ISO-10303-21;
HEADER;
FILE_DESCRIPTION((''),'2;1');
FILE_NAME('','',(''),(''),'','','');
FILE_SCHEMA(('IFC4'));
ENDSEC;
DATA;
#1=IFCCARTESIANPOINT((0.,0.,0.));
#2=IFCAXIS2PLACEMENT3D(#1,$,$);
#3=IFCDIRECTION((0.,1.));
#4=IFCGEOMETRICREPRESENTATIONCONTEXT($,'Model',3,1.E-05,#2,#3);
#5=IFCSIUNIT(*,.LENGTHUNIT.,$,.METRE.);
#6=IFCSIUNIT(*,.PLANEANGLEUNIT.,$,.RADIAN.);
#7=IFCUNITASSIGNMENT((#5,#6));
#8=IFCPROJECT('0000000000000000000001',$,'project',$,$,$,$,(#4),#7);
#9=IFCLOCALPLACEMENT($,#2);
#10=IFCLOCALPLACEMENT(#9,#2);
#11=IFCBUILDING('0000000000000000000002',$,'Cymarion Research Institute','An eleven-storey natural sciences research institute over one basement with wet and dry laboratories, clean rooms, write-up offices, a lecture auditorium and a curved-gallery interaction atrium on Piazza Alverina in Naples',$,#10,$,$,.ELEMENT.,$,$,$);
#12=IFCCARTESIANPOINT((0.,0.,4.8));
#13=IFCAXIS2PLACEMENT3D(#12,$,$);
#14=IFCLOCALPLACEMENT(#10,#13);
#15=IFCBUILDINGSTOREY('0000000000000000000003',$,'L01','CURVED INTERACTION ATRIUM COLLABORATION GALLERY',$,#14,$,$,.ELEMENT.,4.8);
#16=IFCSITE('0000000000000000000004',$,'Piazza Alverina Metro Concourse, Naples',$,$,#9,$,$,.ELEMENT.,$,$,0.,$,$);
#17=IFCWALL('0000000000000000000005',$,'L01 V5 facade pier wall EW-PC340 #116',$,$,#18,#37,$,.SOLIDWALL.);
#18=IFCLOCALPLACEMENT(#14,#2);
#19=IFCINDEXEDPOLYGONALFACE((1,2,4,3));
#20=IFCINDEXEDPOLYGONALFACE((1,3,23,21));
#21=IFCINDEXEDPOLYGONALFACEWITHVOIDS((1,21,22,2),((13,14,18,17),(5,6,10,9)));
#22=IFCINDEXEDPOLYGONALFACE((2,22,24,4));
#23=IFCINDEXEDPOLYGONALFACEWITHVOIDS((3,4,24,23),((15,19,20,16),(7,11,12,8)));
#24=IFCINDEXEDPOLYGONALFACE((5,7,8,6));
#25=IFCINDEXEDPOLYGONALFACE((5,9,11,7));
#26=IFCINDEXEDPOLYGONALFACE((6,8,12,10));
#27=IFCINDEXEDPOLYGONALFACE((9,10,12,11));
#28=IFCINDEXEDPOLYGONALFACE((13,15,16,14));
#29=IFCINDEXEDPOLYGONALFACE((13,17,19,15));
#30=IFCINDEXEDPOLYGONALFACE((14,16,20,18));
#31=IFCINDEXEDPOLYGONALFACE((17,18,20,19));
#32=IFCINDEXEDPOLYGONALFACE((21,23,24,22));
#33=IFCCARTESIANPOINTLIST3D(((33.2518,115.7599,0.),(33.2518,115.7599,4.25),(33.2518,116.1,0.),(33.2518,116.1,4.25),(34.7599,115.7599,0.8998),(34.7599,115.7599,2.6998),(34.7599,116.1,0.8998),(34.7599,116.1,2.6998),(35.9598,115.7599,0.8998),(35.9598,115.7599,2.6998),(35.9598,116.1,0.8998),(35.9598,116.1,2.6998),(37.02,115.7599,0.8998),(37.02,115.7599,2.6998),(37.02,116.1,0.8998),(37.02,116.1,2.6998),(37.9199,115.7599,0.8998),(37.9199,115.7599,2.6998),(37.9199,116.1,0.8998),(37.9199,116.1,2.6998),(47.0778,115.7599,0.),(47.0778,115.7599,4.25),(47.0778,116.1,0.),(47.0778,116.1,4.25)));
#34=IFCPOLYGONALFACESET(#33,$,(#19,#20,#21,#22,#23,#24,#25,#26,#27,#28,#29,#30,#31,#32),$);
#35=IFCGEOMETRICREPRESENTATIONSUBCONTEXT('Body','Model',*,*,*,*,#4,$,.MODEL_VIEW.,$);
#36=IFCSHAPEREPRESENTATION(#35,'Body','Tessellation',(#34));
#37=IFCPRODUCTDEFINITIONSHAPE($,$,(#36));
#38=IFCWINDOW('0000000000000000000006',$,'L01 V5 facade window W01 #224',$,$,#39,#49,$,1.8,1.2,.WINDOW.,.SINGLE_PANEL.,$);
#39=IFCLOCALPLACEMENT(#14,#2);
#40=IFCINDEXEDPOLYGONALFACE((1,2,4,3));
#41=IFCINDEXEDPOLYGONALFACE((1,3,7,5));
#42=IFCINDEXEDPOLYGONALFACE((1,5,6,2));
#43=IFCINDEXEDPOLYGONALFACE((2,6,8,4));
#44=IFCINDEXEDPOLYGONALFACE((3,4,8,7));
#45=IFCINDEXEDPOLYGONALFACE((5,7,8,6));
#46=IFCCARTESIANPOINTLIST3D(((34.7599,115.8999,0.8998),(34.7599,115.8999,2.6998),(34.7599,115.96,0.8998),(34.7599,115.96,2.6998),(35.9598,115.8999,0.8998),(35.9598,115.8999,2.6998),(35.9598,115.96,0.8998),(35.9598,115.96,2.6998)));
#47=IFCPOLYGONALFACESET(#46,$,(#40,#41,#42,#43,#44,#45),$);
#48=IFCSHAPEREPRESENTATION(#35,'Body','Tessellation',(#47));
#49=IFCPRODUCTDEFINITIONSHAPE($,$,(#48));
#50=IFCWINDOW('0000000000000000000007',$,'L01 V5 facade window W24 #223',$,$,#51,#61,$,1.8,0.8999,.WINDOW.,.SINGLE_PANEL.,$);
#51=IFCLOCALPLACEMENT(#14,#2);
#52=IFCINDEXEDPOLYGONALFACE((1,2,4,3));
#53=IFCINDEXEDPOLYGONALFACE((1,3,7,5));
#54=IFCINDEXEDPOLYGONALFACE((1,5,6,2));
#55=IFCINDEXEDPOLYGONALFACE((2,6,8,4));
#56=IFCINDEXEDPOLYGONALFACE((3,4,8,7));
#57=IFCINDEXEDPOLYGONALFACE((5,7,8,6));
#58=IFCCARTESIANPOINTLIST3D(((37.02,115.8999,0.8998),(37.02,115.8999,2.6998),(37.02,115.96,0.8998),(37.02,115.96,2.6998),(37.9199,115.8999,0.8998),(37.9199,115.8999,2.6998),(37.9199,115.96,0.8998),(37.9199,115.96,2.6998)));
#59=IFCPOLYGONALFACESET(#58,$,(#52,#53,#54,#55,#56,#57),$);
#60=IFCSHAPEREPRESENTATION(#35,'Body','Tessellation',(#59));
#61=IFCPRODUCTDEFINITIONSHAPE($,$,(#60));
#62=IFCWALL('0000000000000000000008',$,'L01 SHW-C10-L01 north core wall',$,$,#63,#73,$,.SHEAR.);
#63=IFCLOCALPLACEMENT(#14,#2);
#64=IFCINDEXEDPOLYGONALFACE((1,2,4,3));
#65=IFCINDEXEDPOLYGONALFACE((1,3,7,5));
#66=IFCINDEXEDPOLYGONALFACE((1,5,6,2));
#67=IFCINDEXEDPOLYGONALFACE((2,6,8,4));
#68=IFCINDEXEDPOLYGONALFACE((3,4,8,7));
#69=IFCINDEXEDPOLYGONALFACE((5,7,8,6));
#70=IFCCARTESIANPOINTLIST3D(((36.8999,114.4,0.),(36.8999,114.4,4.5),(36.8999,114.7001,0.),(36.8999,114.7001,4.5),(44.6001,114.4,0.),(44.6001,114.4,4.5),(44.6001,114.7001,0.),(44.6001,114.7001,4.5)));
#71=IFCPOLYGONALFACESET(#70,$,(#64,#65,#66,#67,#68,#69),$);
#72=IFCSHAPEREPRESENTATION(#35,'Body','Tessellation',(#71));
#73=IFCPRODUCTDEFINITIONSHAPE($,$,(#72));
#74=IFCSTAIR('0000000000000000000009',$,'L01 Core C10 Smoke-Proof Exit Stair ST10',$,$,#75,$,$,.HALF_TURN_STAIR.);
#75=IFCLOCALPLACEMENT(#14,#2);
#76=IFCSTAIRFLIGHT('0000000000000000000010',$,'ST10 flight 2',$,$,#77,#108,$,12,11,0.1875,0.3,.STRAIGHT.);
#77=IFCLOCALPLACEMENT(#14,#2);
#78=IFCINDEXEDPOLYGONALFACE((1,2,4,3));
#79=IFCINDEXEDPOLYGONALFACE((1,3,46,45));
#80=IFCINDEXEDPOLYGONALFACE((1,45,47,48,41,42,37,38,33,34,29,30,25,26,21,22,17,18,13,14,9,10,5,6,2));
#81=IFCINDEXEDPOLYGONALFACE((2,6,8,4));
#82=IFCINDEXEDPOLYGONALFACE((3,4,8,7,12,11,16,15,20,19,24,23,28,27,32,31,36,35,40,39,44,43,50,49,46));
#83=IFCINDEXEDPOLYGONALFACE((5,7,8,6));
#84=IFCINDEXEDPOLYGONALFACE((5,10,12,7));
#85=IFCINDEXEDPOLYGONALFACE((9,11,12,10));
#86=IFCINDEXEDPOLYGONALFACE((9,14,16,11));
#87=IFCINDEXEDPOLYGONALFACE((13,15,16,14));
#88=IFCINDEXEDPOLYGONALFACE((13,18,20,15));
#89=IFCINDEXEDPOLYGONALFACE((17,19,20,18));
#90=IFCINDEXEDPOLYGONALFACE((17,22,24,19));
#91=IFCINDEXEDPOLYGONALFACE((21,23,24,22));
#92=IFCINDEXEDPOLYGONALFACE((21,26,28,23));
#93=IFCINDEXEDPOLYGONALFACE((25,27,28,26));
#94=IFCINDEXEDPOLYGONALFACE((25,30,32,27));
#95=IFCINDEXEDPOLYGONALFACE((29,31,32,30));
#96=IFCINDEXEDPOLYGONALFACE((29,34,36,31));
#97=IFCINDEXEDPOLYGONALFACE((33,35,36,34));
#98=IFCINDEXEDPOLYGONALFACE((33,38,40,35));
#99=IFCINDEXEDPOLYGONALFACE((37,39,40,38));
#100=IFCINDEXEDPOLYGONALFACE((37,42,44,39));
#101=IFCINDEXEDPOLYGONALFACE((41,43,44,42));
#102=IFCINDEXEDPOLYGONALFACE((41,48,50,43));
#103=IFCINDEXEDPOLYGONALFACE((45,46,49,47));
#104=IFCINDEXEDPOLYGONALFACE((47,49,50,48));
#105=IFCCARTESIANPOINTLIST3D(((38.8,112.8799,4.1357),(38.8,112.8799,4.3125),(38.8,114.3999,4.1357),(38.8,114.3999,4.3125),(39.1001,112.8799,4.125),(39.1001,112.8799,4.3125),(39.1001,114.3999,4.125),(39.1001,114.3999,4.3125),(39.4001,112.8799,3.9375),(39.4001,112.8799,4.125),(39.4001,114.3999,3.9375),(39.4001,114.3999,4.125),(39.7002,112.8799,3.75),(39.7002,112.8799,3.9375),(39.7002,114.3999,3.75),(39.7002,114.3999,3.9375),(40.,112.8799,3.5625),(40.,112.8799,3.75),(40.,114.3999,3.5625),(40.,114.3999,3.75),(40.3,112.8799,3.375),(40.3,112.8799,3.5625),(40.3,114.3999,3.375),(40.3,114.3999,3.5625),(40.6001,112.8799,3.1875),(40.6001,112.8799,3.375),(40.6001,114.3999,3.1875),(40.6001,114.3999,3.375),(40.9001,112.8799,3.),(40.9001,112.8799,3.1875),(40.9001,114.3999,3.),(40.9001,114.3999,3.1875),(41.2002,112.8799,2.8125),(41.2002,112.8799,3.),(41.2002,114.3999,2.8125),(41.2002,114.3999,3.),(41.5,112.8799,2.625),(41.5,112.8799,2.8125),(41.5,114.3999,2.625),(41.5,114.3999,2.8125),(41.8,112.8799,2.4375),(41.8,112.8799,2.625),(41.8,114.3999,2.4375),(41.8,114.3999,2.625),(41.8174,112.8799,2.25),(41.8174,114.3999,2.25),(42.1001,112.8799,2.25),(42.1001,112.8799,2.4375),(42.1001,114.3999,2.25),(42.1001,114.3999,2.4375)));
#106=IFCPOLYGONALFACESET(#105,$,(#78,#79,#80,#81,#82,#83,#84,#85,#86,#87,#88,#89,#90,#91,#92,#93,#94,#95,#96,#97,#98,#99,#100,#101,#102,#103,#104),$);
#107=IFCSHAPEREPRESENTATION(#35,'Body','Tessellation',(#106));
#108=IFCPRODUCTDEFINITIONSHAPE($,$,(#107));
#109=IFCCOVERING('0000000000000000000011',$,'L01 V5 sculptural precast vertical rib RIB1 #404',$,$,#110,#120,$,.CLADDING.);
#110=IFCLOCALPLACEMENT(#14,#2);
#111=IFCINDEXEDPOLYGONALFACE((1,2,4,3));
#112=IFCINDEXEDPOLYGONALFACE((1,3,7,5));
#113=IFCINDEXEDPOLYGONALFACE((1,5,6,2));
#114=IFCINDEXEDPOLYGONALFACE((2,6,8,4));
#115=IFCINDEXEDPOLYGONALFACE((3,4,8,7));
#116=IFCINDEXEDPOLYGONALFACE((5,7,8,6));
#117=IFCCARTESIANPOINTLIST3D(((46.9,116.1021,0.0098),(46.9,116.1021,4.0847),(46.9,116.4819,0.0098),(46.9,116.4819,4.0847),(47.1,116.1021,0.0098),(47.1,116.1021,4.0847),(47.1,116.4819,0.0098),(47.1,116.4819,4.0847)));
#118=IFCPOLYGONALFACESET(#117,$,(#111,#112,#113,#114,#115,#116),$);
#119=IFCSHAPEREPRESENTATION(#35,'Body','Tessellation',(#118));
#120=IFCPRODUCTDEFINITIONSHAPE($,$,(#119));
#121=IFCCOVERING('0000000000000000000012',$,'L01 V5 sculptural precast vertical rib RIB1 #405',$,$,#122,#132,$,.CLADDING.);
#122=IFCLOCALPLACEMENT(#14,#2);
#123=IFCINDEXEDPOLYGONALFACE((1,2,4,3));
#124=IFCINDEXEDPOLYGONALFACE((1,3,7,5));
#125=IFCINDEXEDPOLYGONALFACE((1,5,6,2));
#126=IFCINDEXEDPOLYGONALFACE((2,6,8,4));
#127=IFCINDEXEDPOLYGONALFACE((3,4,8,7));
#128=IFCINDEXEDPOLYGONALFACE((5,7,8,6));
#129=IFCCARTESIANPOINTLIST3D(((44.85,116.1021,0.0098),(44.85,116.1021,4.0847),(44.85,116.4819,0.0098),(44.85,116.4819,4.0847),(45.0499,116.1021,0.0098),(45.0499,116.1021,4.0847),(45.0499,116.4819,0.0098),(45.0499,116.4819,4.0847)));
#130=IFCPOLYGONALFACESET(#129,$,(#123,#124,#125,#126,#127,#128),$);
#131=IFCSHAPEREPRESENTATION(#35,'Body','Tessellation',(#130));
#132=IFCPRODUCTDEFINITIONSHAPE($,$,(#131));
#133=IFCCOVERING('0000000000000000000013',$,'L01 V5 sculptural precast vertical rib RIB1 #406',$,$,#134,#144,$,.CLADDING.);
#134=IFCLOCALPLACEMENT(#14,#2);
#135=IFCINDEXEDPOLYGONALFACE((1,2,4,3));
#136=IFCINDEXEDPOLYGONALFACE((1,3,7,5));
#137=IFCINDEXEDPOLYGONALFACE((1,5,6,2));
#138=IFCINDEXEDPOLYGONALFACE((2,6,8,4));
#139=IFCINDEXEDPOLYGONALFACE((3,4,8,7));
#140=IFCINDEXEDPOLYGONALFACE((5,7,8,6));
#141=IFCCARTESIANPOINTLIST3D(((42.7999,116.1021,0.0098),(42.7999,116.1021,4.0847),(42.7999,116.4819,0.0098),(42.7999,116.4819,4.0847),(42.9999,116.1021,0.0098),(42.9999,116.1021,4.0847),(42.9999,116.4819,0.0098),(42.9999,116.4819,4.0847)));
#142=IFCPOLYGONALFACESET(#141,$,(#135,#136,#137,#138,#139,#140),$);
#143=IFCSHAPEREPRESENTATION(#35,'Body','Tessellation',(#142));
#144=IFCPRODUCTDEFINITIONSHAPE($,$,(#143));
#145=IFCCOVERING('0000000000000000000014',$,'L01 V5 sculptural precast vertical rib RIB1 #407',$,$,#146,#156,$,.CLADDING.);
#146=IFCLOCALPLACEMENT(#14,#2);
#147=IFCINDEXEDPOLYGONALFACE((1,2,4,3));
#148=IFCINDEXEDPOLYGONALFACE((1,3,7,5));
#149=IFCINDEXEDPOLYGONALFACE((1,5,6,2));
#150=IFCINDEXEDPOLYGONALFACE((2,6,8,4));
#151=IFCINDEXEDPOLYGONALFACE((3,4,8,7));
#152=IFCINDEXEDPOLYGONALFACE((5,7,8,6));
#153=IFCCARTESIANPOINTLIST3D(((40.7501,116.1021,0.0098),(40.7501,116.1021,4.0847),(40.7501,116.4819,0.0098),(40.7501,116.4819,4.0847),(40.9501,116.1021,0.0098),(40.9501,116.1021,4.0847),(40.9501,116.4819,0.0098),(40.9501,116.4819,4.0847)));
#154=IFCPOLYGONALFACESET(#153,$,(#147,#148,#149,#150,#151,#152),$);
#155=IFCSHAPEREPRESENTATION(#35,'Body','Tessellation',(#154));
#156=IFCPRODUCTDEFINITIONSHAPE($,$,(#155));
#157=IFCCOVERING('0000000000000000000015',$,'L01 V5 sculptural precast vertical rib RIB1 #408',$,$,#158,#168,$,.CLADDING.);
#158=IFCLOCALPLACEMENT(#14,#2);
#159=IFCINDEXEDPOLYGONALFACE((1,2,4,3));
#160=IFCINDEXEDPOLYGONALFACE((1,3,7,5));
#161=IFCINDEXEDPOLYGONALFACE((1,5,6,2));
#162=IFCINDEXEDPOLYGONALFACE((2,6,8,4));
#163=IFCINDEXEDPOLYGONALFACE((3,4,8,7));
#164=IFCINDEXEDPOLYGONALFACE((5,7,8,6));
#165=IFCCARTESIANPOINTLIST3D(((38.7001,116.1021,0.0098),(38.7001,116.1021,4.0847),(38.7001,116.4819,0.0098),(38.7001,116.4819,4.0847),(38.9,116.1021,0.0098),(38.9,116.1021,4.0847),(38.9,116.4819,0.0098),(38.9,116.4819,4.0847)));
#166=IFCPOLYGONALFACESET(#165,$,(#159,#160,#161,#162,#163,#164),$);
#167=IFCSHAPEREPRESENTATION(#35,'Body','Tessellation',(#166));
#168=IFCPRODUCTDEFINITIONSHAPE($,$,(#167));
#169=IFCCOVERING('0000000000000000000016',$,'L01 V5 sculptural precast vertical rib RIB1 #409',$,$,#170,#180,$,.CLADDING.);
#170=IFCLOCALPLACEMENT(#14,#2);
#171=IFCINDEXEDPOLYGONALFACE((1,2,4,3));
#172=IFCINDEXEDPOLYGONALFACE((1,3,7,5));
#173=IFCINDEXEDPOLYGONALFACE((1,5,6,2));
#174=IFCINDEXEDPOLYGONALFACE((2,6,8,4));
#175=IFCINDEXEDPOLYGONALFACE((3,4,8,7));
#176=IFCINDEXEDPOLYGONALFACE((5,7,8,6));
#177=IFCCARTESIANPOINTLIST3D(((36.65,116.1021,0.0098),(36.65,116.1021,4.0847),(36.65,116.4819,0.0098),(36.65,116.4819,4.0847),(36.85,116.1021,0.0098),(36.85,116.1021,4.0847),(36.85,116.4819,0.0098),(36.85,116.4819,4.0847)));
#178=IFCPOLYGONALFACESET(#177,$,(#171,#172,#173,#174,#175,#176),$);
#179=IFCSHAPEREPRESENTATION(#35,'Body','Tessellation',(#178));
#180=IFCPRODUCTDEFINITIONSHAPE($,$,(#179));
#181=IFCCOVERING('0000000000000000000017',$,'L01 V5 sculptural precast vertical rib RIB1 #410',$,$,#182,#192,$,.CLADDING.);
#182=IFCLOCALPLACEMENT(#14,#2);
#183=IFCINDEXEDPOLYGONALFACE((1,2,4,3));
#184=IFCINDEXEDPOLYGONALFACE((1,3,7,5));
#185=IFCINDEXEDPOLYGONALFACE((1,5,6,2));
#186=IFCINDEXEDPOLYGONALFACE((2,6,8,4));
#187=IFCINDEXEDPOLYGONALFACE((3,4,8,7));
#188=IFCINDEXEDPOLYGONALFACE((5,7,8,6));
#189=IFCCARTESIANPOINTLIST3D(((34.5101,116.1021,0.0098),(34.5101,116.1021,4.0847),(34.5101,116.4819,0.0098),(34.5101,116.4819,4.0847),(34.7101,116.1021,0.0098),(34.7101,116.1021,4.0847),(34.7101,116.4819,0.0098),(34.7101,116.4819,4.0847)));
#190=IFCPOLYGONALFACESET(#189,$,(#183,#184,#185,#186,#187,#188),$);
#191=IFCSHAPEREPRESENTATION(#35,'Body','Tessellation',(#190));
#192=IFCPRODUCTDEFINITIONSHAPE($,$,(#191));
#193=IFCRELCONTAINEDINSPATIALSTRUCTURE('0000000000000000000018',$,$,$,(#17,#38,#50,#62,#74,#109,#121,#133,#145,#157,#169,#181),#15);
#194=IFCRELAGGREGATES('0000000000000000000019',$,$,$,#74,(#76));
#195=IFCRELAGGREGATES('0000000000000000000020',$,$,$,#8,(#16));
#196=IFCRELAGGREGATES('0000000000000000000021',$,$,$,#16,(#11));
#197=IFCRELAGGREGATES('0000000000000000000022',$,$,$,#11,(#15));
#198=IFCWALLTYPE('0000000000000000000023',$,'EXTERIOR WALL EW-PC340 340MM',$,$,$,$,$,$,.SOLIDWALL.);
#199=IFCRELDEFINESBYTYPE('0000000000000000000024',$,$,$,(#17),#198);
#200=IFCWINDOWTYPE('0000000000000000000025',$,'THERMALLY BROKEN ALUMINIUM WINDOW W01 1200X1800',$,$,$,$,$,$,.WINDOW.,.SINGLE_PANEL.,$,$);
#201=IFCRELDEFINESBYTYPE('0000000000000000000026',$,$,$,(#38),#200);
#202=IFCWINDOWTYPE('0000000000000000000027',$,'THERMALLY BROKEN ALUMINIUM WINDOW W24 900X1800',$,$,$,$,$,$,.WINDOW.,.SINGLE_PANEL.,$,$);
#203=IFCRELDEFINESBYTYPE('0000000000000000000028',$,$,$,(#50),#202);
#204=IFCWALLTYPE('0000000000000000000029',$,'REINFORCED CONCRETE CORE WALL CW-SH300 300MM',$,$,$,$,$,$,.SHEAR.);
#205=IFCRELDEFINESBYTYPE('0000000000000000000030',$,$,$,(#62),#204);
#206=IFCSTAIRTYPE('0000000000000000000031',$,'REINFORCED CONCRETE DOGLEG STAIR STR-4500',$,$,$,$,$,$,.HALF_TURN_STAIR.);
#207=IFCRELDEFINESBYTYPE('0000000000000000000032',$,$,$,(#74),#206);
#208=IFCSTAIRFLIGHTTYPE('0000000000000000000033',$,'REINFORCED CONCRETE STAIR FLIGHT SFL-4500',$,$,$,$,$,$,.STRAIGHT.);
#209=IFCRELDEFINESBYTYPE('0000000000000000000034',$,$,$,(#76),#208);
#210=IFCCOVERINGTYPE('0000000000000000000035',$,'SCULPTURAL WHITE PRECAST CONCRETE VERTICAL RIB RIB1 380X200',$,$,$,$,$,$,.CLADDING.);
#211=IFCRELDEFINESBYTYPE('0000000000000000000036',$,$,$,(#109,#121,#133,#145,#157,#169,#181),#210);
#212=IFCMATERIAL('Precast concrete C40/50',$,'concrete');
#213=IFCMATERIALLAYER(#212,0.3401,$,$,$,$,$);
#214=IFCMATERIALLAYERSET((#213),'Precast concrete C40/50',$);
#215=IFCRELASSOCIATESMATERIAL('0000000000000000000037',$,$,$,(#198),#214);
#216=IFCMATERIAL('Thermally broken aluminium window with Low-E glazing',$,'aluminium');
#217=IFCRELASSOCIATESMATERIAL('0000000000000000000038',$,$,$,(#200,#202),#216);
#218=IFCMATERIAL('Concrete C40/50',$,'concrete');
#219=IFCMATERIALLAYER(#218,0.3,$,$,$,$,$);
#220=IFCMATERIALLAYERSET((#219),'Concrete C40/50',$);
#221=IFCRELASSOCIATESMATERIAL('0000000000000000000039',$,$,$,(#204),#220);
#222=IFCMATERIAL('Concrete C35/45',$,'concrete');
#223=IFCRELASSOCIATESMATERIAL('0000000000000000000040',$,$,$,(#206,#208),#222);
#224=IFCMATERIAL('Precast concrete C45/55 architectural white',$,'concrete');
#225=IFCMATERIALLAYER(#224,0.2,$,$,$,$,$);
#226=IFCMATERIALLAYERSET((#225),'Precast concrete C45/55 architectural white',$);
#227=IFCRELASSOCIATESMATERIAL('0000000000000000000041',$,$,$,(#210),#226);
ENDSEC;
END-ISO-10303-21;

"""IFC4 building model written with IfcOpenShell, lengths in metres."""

from ifc_helpers import new_model, si_unit, direction, frame, frame_2d, origin, origin_2d, place, context, subcontext, project, spatial, polyline, rectangle, outline, extrude, material, layer, layer_set, type_object, element, fill, aggregate, save


model = new_model("IFC4")

# Units and contexts
model_context = context("Model", 3, precision=1e-05, world=origin(), true_north=direction((0.0, 1.0)))
body_context = subcontext(model_context, "Body", "Model", "MODEL_VIEW")
ifc_project = project(units=[si_unit("LENGTHUNIT", "METRE"), si_unit("PLANEANGLEUNIT", "RADIAN")], contexts=[model_context])

# Site, building, storey
site_placement = place(None, origin())
site = spatial("IfcSite", under=ifc_project, at=site_placement, Name="Piazza Alverina Metro Concourse, Naples", CompositionType="ELEMENT", RefElevation=0.0)
building_placement = place(site_placement, origin())
building = spatial("IfcBuilding", under=site, at=building_placement, Name="Cymarion Research Institute", Description="An eleven-storey natural sciences research institute over one basement with wet and dry laboratories, clean rooms, write-up offices, a lecture auditorium and a curved-gallery interaction atrium on Piazza Alverina in Naples", CompositionType="ELEMENT")
storey_placement = place(building_placement, frame((0.0, 0.0, 4.8)))
storey = spatial("IfcBuildingStorey", under=building, at=storey_placement, Name="L01", Description="CURVED INTERACTION ATRIUM COLLABORATION GALLERY", CompositionType="ELEMENT", Elevation=4.8)

# Wall, openings, windows
ifc_material_1 = material(Name="Precast concrete C40/50", Category="concrete")
ifc_layer_1 = layer(ifc_material_1, 0.3401)
ifc_layer_set_1 = layer_set([ifc_layer_1], Name="Precast concrete C40/50")
wall_type_1 = type_object("IfcWallType", Name="EXTERIOR WALL EW-PC340 340MM", PredefinedType="SOLIDWALL", material=ifc_layer_set_1)
wall_1_placement = place(storey_placement, frame((47.0779, 115.9299, 0.0), z_axis=(0.0, 0.0, 1.0), x_axis=(-1.0, 0.0, 0.0)))
wall_1 = element("IfcWall", 1, at=wall_1_placement, inside=storey, type_object=wall_type_1, Name="L01 V5 facade pier wall EW-PC340 #116", PredefinedType="SOLIDWALL", context=body_context, shape_type="SweptSolid", body=[
    extrude(rectangle(XDim=13.8259, YDim=0.3401, at=frame_2d((6.9131, 0.0))), origin(), (0.0, 0.0, 1.0), 4.25),
])
opening_1_placement = place(wall_1_placement, frame((9.158, 0.0, 0.8999)))
opening_1 = element("IfcOpeningElement", 2, at=opening_1_placement, cuts=wall_1, PredefinedType="OPENING", context=body_context, shape_type="SweptSolid", body=[
    extrude(rectangle(XDim=0.8999, YDim=1.8, at=frame_2d((0.45, 0.8999))), frame((0.0, 0.1799, 0.0), z_axis=(0.0, -1.0, 0.0), x_axis=(1.0, 0.0, 0.0)), (0.0, 0.0, 1.0), 0.3601),
])
opening_2_placement = place(wall_1_placement, frame((11.1179, 0.0, 0.8999)))
opening_2 = element("IfcOpeningElement", 3, at=opening_2_placement, cuts=wall_1, PredefinedType="OPENING", context=body_context, shape_type="SweptSolid", body=[
    extrude(rectangle(XDim=1.2, YDim=1.8, at=frame_2d((0.6001, 0.8999))), frame((0.0, 0.1799, 0.0), z_axis=(0.0, -1.0, 0.0), x_axis=(1.0, 0.0, 0.0)), (0.0, 0.0, 1.0), 0.3601),
])
ifc_material_2 = material(Name="Thermally broken aluminium window with Low-E glazing", Category="aluminium")
window_type_1 = type_object("IfcWindowType", Name="THERMALLY BROKEN ALUMINIUM WINDOW W01 1200X1800", PartitioningType="SINGLE_PANEL", PredefinedType="WINDOW", material=ifc_material_2)
window_1_placement = place(opening_2_placement, origin())
window_1 = element("IfcWindow", 4, at=window_1_placement, inside=storey, type_object=window_type_1, Name="L01 V5 facade window W01 #224", OverallHeight=1.8, OverallWidth=1.2, PartitioningType="SINGLE_PANEL", PredefinedType="WINDOW", context=body_context, shape_type="SweptSolid", body=[
    extrude(rectangle(XDim=1.2, YDim=1.8, at=frame_2d((0.6001, 0.8999))), frame((0.0, 0.03, 0.0), z_axis=(0.0, -1.0, 0.0), x_axis=(1.0, 0.0, 0.0)), (0.0, 0.0, 1.0), 0.0601),
])
fill(opening_2, window_1)
window_type_2 = type_object("IfcWindowType", Name="THERMALLY BROKEN ALUMINIUM WINDOW W24 900X1800", PartitioningType="SINGLE_PANEL", PredefinedType="WINDOW", material=ifc_material_2)
window_2_placement = place(opening_1_placement, origin())
window_2 = element("IfcWindow", 5, at=window_2_placement, inside=storey, type_object=window_type_2, Name="L01 V5 facade window W24 #223", OverallHeight=1.8, OverallWidth=0.8999, PartitioningType="SINGLE_PANEL", PredefinedType="WINDOW", context=body_context, shape_type="SweptSolid", body=[
    extrude(rectangle(XDim=0.8999, YDim=1.8, at=frame_2d((0.45, 0.8999))), frame((0.0, 0.03, 0.0), z_axis=(0.0, -1.0, 0.0), x_axis=(1.0, 0.0, 0.0)), (0.0, 0.0, 1.0), 0.0601),
])
fill(opening_1, window_2)

# Wall
ifc_material_3 = material(Name="Concrete C40/50", Category="concrete")
ifc_layer_2 = layer(ifc_material_3, 0.3)
ifc_layer_set_2 = layer_set([ifc_layer_2], Name="Concrete C40/50")
wall_type_2 = type_object("IfcWallType", Name="REINFORCED CONCRETE CORE WALL CW-SH300 300MM", PredefinedType="SHEAR", material=ifc_layer_set_2)
wall_2_placement = place(storey_placement, frame((44.6001, 114.55, 0.0), z_axis=(0.0, 0.0, 1.0), x_axis=(-1.0, 0.0, 0.0)))
element("IfcWall", 6, at=wall_2_placement, inside=storey, type_object=wall_type_2, Name="L01 SHW-C10-L01 north core wall", PredefinedType="SHEAR", context=body_context, shape_type="SweptSolid", body=[
    extrude(rectangle(XDim=7.7002, YDim=0.3, at=frame_2d((3.8501, 0.0))), origin(), (0.0, 0.0, 1.0), 4.5),
])

# Stair, stair flight
ifc_material_4 = material(Name="Concrete C35/45", Category="concrete")
stair_type = type_object("IfcStairType", Name="REINFORCED CONCRETE DOGLEG STAIR STR-4500", PredefinedType="HALF_TURN_STAIR", material=ifc_material_4)
stair_placement = place(storey_placement, origin())
stair = element("IfcStair", 7, at=stair_placement, inside=storey, type_object=stair_type, Name="L01 Core C10 Smoke-Proof Exit Stair ST10", PredefinedType="HALF_TURN_STAIR")
stair_flight_type = type_object("IfcStairFlightType", Name="REINFORCED CONCRETE STAIR FLIGHT SFL-4500", PredefinedType="STRAIGHT", material=ifc_material_4)
stair_flight_placement = place(storey_placement, frame((42.1001, 113.6399, 2.25), z_axis=(0.0, 0.0, 1.0), x_axis=(-1.0, 0.0, 0.0)))
stair_flight = element("IfcStairFlight", 8, at=stair_flight_placement, type_object=stair_flight_type, Name="ST10 flight 2", NumberOfRisers=12, NumberOfTreads=11, PredefinedType="STRAIGHT", RiserHeight=0.1875, TreadLength=0.3, context=body_context, shape_type="SweptSolid", body=[
    extrude(outline(polyline([(0.0, 0.0), (0.0, 0.1875), (0.3, 0.1875), (0.3, 0.375), (0.6001, 0.375), (0.6001, 0.5625), (0.8999, 0.5625), (0.8999, 0.75), (1.2, 0.75), (1.2, 0.9375), (1.5, 0.9375), (1.5, 1.125), (1.8, 1.125), (1.8, 1.3125), (2.1001, 1.3125), (2.1001, 1.5), (2.3999, 1.5), (2.3999, 1.6875), (2.7, 1.6875), (2.7, 1.875), (3.0, 1.875), (3.0, 2.0625), (3.3, 2.0625), (3.3, 2.25), (3.3, 1.8857), (0.2827, 0.0), (0.0, 0.0)])), frame((0.0, 0.76, 0.0), z_axis=(0.0, -1.0, 0.0), x_axis=(1.0, 0.0, 0.0)), (0.0, 0.0, 1.0), 1.52),
])
aggregate(stair, [stair_flight])

# Coverings
ifc_material_5 = material(Name="Precast concrete C45/55 architectural white", Category="concrete")
ifc_layer_3 = layer(ifc_material_5, 0.2)
ifc_layer_set_3 = layer_set([ifc_layer_3], Name="Precast concrete C45/55 architectural white")
covering_type = type_object("IfcCoveringType", Name="SCULPTURAL WHITE PRECAST CONCRETE VERTICAL RIB RIB1 380X200", PredefinedType="CLADDING", material=ifc_layer_set_3)
for number, where, z_axis, x_axis, name in (
    (9, (47.0, 116.292, 0.0098), (0.0, 0.0, 1.0), (0.0, 1.0, 0.0), "L01 V5 sculptural precast vertical rib RIB1 #404"),
    (10, (44.95, 116.292, 0.0098), (0.0, 0.0, 1.0), (0.0, 1.0, 0.0), "L01 V5 sculptural precast vertical rib RIB1 #405"),
    (11, (42.8999, 116.292, 0.0098), (0.0, 0.0, 1.0), (0.0, 1.0, 0.0), "L01 V5 sculptural precast vertical rib RIB1 #406"),
    (12, (40.8501, 116.292, 0.0098), (0.0, 0.0, 1.0), (0.0, 1.0, 0.0), "L01 V5 sculptural precast vertical rib RIB1 #407"),
    (13, (38.8, 116.292, 0.0098), (0.0, 0.0, 1.0), (0.0, 1.0, 0.0), "L01 V5 sculptural precast vertical rib RIB1 #408"),
    (14, (36.75, 116.292, 0.0098), (0.0, 0.0, 1.0), (0.0, 1.0, 0.0), "L01 V5 sculptural precast vertical rib RIB1 #409"),
    (15, (34.6101, 116.292, 0.0098), (0.0, 0.0, 1.0), (0.0, 1.0, 0.0), "L01 V5 sculptural precast vertical rib RIB1 #410"),
):
    element("IfcCovering", number, at=place(storey_placement, frame(where, z_axis=z_axis, x_axis=x_axis)), inside=storey, type_object=covering_type, Name=name, PredefinedType="CLADDING", context=body_context, shape_type="SweptSolid", body=[
        extrude(rectangle(XDim=0.3799, YDim=0.2, at=origin_2d()), origin(), (0.0, 0.0, 1.0), 4.075),
    ])

save(model, "model.ifc")
